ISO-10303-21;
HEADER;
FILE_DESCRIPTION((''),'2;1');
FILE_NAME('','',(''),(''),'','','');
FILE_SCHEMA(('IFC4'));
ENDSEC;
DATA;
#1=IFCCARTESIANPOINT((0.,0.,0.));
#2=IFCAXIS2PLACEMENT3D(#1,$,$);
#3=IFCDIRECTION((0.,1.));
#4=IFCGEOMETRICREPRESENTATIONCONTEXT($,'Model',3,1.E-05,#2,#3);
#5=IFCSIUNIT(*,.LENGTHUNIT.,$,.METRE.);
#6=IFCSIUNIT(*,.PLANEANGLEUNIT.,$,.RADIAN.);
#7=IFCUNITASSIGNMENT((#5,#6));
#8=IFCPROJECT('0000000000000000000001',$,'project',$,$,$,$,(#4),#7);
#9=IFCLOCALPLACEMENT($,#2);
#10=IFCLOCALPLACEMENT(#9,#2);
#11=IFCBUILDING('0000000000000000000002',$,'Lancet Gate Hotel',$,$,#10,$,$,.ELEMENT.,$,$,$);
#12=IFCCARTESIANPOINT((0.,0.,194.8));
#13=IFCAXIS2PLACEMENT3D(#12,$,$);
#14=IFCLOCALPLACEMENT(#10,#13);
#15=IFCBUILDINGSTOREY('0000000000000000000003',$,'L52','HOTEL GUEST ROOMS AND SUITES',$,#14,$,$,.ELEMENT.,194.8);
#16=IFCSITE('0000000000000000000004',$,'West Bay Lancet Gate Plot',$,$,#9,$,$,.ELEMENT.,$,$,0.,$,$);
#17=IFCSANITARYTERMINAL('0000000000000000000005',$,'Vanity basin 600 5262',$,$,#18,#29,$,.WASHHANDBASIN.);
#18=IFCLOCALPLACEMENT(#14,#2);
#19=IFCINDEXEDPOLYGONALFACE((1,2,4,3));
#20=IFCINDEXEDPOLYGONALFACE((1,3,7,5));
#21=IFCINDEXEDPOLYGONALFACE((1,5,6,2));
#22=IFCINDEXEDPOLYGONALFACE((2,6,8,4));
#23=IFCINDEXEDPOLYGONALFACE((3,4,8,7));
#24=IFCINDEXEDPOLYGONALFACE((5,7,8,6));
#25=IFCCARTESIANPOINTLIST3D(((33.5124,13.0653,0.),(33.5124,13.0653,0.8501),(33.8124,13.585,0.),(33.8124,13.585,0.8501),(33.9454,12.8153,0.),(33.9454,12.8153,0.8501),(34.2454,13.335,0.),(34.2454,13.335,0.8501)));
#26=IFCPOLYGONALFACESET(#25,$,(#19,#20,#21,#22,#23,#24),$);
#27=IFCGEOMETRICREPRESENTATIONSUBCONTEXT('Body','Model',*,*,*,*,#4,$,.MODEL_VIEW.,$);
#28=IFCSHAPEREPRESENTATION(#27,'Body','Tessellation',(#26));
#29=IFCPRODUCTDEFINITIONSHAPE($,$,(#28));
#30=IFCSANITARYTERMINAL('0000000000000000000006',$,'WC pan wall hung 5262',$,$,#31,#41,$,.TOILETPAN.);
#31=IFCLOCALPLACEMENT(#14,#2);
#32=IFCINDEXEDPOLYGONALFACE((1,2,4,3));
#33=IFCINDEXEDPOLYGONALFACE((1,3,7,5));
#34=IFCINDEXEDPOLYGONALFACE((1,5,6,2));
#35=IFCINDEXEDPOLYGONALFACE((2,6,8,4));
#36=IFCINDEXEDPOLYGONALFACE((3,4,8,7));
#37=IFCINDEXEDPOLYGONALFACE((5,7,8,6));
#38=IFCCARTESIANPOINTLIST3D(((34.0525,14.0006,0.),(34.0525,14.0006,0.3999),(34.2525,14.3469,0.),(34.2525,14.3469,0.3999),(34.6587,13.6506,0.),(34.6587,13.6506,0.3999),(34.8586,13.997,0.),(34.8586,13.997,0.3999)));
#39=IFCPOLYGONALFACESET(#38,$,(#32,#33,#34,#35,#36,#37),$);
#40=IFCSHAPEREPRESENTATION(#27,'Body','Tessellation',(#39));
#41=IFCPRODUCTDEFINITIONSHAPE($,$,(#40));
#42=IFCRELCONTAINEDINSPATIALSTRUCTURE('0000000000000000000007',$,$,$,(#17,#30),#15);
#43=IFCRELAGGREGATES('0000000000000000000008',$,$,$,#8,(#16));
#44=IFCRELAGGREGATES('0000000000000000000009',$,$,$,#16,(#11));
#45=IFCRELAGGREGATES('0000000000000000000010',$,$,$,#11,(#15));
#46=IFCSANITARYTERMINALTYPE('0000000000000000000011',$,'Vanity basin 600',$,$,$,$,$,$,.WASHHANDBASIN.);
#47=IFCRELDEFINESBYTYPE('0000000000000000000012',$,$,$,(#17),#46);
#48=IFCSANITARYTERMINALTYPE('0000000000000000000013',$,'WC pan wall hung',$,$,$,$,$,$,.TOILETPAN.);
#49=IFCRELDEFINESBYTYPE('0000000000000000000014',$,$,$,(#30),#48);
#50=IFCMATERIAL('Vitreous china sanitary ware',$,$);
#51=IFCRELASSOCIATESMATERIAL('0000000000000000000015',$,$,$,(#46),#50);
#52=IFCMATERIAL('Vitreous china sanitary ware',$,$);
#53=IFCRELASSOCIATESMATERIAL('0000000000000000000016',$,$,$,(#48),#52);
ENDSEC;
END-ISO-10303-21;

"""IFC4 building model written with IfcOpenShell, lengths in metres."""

from ifc_helpers import new_model, si_unit, direction, frame, origin, origin_2d, place, context, subcontext, project, spatial, rectangle, extrude, material, type_object, element, save


model = new_model("IFC4")

# Units and contexts
model_context = context("Model", 3, precision=1e-05, world=origin(), true_north=direction((0.0, 1.0)))
body_context = subcontext(model_context, "Body", "Model", "MODEL_VIEW")
ifc_project = project(units=[si_unit("LENGTHUNIT", "METRE"), si_unit("PLANEANGLEUNIT", "RADIAN")], contexts=[model_context])

# Site, building, storey
site_placement = place(None, origin())
site = spatial("IfcSite", under=ifc_project, at=site_placement, Name="West Bay Lancet Gate Plot", CompositionType="ELEMENT", RefElevation=0.0)
building_placement = place(site_placement, origin())
building = spatial("IfcBuilding", under=site, at=building_placement, Name="Lancet Gate Hotel", CompositionType="ELEMENT")
storey_placement = place(building_placement, frame((0.0, 0.0, 194.8)))
storey = spatial("IfcBuildingStorey", under=building, at=storey_placement, Name="L52", Description="HOTEL GUEST ROOMS AND SUITES", CompositionType="ELEMENT", Elevation=194.8)

# Sanitary terminals
ifc_material_1 = material(Name="Vitreous china sanitary ware")
sanitary_terminal_type_1 = type_object("IfcSanitaryTerminalType", Name="Vanity basin 600", PredefinedType="WASHHANDBASIN", material=ifc_material_1)
sanitary_terminal_1_placement = place(storey_placement, frame((33.8789, 13.2002, 0.0), z_axis=(0.0, 0.0, 1.0), x_axis=(0.5, 0.866025, 0.0)))
element("IfcSanitaryTerminal", 1, at=sanitary_terminal_1_placement, inside=storey, type_object=sanitary_terminal_type_1, Name="Vanity basin 600 5262", PredefinedType="WASHHANDBASIN", context=body_context, shape_type="SweptSolid", body=[
    extrude(rectangle(XDim=0.6001, YDim=0.5, at=origin_2d()), origin(), (0.0, 0.0, 1.0), 0.8501),
])
ifc_material_2 = material(Name="Vitreous china sanitary ware")
sanitary_terminal_type_2 = type_object("IfcSanitaryTerminalType", Name="WC pan wall hung", PredefinedType="TOILETPAN", material=ifc_material_2)
sanitary_terminal_2_placement = place(storey_placement, frame((34.4556, 13.9988, 0.0), z_axis=(0.0, 0.0, 1.0), x_axis=(0.5, 0.866025, 0.0)))
element("IfcSanitaryTerminal", 2, at=sanitary_terminal_2_placement, inside=storey, type_object=sanitary_terminal_type_2, Name="WC pan wall hung 5262", PredefinedType="TOILETPAN", context=body_context, shape_type="SweptSolid", body=[
    extrude(rectangle(XDim=0.3999, YDim=0.7, at=origin_2d()), origin(), (0.0, 0.0, 1.0), 0.3999),
])

save(model, "model.ifc")
